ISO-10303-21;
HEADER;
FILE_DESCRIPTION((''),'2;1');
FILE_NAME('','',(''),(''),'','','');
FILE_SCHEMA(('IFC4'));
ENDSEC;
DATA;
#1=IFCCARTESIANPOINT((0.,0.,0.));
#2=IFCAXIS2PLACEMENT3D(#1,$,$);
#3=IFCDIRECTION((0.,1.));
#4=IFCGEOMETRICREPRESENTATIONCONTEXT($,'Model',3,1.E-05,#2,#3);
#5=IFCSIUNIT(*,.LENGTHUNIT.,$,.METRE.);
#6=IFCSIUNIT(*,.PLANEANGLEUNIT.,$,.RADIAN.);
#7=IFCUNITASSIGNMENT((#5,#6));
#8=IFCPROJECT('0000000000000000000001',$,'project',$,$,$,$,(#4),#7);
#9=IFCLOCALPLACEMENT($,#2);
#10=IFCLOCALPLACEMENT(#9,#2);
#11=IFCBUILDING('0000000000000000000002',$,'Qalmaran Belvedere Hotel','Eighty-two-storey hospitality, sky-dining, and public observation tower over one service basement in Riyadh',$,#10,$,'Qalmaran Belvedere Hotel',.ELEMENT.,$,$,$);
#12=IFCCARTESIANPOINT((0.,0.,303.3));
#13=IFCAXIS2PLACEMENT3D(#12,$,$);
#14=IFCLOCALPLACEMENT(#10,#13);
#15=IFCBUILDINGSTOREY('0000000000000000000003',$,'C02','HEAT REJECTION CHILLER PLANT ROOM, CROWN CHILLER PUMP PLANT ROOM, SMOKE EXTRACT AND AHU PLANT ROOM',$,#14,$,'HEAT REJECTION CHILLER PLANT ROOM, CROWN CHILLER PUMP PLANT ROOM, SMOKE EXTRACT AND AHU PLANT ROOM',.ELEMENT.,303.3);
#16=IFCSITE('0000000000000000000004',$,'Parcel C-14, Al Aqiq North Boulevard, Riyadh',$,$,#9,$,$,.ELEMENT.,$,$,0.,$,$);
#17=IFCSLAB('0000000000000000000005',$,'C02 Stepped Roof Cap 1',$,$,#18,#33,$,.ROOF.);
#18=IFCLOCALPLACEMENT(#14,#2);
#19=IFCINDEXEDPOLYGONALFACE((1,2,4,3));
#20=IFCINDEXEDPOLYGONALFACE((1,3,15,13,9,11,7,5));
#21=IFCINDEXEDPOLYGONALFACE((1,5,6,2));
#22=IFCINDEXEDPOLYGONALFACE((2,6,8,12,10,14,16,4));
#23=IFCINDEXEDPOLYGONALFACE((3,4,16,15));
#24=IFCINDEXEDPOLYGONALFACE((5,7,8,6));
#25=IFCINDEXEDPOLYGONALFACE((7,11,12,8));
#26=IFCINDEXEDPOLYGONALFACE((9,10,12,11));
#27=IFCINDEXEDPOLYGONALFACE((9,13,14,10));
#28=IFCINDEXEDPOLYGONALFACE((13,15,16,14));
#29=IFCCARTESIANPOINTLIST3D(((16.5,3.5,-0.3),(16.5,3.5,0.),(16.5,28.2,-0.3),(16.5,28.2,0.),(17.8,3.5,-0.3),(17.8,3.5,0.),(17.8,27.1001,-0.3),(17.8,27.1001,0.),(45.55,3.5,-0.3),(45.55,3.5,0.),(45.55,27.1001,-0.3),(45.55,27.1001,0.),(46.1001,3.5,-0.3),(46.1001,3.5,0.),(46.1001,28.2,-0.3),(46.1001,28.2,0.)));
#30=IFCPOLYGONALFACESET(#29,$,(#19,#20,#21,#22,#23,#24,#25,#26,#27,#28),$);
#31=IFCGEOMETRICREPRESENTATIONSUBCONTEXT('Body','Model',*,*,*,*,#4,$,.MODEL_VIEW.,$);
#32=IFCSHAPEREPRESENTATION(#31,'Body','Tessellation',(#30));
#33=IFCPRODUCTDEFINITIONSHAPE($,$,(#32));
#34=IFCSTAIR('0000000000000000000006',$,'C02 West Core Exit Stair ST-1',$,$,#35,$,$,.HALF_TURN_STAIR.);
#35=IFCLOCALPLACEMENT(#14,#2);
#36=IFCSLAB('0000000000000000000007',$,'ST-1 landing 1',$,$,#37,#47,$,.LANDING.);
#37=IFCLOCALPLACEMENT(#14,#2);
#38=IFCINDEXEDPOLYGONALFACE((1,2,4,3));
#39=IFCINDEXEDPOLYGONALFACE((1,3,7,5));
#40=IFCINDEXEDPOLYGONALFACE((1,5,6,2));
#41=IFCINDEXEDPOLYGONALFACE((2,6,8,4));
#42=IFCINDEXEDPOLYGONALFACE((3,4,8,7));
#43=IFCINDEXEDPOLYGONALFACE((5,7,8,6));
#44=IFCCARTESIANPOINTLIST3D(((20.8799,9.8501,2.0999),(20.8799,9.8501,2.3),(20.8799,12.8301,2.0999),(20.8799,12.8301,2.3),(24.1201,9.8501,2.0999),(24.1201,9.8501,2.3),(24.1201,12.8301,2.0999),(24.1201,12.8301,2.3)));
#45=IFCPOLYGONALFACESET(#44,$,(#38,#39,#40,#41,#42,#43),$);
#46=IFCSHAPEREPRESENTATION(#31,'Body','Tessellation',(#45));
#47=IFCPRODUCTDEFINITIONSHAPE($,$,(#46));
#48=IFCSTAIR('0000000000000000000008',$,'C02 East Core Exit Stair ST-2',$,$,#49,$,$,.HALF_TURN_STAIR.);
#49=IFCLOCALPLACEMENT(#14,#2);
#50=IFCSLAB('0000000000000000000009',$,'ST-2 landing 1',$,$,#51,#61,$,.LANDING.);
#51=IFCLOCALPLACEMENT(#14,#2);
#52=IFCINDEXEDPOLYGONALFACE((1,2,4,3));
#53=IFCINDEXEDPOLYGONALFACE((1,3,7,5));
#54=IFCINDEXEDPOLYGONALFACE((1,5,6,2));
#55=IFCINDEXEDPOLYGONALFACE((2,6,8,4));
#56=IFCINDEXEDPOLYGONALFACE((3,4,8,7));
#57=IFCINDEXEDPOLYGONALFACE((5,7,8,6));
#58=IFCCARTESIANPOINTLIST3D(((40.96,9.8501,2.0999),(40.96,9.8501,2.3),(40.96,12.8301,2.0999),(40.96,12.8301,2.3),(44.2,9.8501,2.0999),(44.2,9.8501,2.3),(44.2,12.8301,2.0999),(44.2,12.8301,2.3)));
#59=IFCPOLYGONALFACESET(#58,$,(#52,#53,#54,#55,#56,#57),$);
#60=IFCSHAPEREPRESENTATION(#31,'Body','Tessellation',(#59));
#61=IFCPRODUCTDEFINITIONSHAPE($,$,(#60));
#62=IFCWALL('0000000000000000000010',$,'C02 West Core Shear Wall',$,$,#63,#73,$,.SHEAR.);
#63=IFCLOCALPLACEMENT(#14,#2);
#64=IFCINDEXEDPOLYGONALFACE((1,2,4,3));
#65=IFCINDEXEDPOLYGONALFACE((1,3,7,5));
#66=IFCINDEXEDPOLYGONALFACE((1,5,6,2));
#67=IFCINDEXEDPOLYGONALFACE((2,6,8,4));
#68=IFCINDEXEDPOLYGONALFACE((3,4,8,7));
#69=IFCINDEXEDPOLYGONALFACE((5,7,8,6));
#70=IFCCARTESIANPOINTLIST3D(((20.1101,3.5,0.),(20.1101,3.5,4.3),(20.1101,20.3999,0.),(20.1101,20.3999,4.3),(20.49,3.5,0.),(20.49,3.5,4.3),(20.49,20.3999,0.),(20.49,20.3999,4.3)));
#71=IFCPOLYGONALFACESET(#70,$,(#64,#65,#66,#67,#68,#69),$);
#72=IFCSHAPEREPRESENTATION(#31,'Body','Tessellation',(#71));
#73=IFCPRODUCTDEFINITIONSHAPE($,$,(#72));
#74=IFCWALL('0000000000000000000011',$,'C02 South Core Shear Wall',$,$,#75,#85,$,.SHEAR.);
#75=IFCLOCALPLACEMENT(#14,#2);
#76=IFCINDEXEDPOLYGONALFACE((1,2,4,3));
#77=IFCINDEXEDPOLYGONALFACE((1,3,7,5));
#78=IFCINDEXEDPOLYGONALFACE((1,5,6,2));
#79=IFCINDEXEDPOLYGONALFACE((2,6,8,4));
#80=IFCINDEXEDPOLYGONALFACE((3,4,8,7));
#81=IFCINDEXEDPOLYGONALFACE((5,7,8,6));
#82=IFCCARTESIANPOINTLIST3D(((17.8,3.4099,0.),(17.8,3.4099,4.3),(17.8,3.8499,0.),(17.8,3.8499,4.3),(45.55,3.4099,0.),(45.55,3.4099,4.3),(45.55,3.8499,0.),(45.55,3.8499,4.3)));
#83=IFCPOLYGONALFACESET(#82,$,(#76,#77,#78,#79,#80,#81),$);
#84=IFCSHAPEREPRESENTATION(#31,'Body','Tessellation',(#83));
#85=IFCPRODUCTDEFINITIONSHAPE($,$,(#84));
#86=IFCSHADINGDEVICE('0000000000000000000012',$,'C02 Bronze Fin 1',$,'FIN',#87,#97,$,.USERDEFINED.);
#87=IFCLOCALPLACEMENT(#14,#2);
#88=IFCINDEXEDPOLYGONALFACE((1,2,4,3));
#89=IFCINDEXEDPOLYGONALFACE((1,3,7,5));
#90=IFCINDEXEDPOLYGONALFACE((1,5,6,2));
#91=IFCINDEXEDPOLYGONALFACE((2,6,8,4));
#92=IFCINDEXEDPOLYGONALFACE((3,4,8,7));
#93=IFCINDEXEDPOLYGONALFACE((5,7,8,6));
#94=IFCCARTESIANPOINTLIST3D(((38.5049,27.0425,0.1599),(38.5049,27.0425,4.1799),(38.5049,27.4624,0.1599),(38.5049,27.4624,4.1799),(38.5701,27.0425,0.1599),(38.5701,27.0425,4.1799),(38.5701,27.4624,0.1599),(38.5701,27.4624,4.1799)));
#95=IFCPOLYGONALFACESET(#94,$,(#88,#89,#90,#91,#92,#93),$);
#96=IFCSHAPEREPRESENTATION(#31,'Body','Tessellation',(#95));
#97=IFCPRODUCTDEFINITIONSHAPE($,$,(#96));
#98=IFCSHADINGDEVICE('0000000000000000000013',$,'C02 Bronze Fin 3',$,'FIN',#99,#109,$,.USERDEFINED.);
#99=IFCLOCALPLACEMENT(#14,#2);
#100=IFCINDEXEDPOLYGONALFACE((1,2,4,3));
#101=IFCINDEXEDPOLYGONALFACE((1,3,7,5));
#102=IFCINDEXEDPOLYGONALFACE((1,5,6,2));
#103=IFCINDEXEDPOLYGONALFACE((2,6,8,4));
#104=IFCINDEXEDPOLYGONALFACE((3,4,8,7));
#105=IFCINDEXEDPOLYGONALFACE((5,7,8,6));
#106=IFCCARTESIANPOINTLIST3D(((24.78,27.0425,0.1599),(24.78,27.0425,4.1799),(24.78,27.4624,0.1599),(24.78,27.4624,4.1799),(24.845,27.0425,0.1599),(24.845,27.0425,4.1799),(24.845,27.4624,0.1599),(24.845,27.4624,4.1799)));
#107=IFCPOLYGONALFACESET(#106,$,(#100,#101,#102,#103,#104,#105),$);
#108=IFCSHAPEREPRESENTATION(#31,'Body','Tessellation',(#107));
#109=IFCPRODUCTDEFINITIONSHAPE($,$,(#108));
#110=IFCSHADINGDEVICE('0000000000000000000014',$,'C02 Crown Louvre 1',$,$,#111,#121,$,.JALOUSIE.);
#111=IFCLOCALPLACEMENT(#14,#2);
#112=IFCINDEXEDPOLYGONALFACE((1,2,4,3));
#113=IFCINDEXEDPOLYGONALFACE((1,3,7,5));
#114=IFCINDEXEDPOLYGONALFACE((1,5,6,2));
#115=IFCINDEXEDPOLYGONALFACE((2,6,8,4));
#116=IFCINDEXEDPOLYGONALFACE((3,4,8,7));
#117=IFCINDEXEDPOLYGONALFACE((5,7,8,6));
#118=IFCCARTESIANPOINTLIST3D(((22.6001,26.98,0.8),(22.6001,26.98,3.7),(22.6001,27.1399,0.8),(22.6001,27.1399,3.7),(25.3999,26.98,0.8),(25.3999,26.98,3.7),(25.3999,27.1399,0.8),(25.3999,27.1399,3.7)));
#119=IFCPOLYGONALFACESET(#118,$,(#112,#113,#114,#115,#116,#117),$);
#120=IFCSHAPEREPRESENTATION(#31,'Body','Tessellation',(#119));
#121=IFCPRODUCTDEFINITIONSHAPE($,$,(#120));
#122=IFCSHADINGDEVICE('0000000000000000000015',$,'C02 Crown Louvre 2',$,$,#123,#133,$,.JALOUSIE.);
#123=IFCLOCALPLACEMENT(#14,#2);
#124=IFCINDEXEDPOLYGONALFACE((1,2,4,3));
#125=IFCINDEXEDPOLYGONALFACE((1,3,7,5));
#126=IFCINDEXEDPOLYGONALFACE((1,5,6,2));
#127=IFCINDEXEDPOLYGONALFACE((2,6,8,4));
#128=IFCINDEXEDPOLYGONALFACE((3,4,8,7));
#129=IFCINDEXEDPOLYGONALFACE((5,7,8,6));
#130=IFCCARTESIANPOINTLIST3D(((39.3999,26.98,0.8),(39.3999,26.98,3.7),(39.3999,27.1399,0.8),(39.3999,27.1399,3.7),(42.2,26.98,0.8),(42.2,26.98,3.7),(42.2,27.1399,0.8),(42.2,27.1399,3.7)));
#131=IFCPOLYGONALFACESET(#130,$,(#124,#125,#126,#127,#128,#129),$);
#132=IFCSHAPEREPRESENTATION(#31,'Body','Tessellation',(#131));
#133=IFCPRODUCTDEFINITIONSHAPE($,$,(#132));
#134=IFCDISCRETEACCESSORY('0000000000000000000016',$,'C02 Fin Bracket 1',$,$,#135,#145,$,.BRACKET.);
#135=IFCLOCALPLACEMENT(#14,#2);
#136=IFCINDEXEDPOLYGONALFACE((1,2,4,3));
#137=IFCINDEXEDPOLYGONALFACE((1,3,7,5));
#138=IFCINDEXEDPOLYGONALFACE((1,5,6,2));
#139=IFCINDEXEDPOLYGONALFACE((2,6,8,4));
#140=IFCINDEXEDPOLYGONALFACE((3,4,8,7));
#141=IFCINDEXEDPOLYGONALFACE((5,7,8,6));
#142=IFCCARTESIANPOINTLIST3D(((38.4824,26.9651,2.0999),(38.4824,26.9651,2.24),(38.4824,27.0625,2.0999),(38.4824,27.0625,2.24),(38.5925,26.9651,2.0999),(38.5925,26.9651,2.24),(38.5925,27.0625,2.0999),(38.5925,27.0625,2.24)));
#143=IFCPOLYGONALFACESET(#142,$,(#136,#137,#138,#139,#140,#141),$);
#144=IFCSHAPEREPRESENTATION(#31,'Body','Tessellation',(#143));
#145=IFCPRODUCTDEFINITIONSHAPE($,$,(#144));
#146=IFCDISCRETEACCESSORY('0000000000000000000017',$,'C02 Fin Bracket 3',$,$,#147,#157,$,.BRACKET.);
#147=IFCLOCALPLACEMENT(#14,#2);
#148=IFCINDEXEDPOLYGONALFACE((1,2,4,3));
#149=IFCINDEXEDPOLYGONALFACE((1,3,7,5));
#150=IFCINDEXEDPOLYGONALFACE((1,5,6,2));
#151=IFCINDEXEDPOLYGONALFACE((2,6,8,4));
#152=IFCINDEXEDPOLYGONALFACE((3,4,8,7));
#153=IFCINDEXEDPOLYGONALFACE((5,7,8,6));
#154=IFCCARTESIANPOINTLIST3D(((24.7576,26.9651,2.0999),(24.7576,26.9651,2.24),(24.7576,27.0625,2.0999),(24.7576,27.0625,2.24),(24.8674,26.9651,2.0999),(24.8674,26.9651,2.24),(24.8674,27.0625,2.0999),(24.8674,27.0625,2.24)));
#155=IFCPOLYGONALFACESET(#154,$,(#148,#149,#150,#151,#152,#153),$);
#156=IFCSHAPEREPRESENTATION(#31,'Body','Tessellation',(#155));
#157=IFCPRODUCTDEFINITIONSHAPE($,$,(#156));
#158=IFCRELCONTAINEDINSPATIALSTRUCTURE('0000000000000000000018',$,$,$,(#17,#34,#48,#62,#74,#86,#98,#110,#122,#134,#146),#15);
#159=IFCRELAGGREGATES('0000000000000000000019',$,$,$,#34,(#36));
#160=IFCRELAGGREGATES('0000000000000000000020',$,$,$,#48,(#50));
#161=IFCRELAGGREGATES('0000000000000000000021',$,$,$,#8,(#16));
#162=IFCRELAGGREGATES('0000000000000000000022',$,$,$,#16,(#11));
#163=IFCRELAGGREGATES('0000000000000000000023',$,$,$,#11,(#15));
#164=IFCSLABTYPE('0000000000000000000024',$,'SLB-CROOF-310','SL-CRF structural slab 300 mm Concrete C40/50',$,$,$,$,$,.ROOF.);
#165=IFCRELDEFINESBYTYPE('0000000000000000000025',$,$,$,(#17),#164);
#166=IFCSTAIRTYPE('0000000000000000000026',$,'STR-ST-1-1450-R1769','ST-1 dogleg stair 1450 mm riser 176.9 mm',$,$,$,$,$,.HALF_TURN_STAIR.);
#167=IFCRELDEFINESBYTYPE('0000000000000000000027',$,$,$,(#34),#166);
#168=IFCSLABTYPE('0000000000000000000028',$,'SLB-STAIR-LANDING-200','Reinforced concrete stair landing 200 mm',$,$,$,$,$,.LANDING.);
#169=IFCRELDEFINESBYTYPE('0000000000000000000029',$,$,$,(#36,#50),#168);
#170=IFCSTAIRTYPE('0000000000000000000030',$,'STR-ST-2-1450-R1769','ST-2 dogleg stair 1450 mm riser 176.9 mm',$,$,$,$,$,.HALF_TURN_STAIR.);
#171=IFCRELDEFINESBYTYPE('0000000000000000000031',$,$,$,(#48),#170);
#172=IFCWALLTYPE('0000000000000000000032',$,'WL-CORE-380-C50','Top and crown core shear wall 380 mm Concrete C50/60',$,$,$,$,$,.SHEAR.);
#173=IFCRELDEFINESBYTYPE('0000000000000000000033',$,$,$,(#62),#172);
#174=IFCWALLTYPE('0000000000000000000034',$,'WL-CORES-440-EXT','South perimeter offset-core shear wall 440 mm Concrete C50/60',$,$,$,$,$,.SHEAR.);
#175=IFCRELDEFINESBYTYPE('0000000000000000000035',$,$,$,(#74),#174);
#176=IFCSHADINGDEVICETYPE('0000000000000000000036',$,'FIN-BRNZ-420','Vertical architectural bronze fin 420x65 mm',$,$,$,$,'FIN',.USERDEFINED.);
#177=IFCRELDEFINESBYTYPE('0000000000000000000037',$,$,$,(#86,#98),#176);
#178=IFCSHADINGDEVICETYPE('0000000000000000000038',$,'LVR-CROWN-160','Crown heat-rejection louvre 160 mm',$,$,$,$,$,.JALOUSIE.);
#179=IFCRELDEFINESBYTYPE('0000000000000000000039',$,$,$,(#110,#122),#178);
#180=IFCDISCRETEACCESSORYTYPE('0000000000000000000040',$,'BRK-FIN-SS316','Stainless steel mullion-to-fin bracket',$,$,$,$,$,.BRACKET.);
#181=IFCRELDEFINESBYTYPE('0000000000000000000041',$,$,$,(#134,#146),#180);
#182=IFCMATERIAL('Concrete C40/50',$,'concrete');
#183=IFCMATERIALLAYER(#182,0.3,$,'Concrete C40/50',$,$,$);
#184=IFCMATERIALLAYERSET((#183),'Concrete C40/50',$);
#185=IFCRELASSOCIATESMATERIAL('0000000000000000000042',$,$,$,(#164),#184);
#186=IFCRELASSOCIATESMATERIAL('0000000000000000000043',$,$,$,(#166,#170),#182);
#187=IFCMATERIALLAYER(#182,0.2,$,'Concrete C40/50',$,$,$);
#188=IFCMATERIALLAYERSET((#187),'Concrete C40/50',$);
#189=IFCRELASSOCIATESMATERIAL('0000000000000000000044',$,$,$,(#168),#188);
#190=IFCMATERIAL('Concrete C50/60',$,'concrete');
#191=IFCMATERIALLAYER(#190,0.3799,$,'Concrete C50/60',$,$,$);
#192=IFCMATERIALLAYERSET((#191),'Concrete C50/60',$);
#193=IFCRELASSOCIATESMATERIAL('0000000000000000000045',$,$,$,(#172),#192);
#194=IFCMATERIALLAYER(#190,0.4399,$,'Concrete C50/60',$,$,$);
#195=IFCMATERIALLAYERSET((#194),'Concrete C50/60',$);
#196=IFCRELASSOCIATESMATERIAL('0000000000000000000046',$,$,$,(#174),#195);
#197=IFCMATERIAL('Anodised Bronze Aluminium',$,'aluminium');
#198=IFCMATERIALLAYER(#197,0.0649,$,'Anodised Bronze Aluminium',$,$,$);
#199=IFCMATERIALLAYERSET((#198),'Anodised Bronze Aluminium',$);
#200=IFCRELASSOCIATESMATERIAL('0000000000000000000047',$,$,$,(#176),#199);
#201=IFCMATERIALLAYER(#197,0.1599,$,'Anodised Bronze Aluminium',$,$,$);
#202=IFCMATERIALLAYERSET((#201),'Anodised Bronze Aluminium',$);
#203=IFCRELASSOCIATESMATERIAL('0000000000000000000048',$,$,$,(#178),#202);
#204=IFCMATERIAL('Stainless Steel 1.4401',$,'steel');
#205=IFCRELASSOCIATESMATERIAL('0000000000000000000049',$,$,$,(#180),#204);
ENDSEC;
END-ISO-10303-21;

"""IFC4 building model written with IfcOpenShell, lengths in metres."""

from ifc_helpers import new_model, si_unit, direction, frame, frame_2d, origin, place, context, subcontext, project, spatial, polyline, rectangle, outline, extrude, material, layer, layer_set, type_object, element, aggregate, save


model = new_model("IFC4")

# Units and contexts
model_context = context("Model", 3, precision=1e-05, world=origin(), true_north=direction((0.0, 1.0)))
body_context = subcontext(model_context, "Body", "Model", "MODEL_VIEW")
ifc_project = project(units=[si_unit("LENGTHUNIT", "METRE"), si_unit("PLANEANGLEUNIT", "RADIAN")], contexts=[model_context])

# Site, building, storey
site_placement = place(None, origin())
site = spatial("IfcSite", under=ifc_project, at=site_placement, Name="Parcel C-14, Al Aqiq North Boulevard, Riyadh", CompositionType="ELEMENT", RefElevation=0.0)
building_placement = place(site_placement, origin())
building = spatial("IfcBuilding", under=site, at=building_placement, Name="Qalmaran Belvedere Hotel", Description="Eighty-two-storey hospitality, sky-dining, and public observation tower over one service basement in Riyadh", LongName="Qalmaran Belvedere Hotel", CompositionType="ELEMENT")
storey_placement = place(building_placement, frame((0.0, 0.0, 303.3)))
storey = spatial("IfcBuildingStorey", under=building, at=storey_placement, Name="C02", Description="HEAT REJECTION CHILLER PLANT ROOM, CROWN CHILLER PUMP PLANT ROOM, SMOKE EXTRACT AND AHU PLANT ROOM", LongName="HEAT REJECTION CHILLER PLANT ROOM, CROWN CHILLER PUMP PLANT ROOM, SMOKE EXTRACT AND AHU PLANT ROOM", CompositionType="ELEMENT", Elevation=303.3)

# Shared definitions
ifc_material_1 = material(Name="Concrete C50/60", Category="concrete")

# Shared definitions
ifc_material_2 = material(Name="Anodised Bronze Aluminium", Category="aluminium")

# Slab
ifc_material_3 = material(Name="Concrete C40/50", Category="concrete")
ifc_layer_1 = layer(ifc_material_3, 0.3, Name="Concrete C40/50")
ifc_layer_set_1 = layer_set([ifc_layer_1], Name="Concrete C40/50")
slab_type_1 = type_object("IfcSlabType", Name="SLB-CROOF-310", Description="SL-CRF structural slab 300 mm Concrete C40/50", PredefinedType="ROOF", material=ifc_layer_set_1)
slab_1_placement = place(storey_placement, frame((0.0, 0.0, -0.3)))
element("IfcSlab", 1, at=slab_1_placement, inside=storey, type_object=slab_type_1, Name="C02 Stepped Roof Cap 1", PredefinedType="ROOF", context=body_context, shape_type="SweptSolid", body=[
    extrude(outline(polyline([(16.5, 3.5), (16.5, 28.2), (46.1001, 28.2), (46.1001, 3.5), (45.55, 3.5), (45.55, 27.1001), (17.8, 27.1001), (17.8, 3.5), (16.5, 3.5)])), origin(), (0.0, 0.0, 1.0), 0.3),
])

# Stairs, slabs
stair_type_1 = type_object("IfcStairType", Name="STR-ST-1-1450-R1769", Description="ST-1 dogleg stair 1450 mm riser 176.9 mm", PredefinedType="HALF_TURN_STAIR", material=ifc_material_3)
stair_1_placement = place(storey_placement, origin())
stair_1 = element("IfcStair", 2, at=stair_1_placement, inside=storey, type_object=stair_type_1, Name="C02 West Core Exit Stair ST-1", PredefinedType="HALF_TURN_STAIR")
ifc_layer_2 = layer(ifc_material_3, 0.2, Name="Concrete C40/50")
ifc_layer_set_2 = layer_set([ifc_layer_2], Name="Concrete C40/50")
slab_type_2 = type_object("IfcSlabType", Name="SLB-STAIR-LANDING-200", Description="Reinforced concrete stair landing 200 mm", PredefinedType="LANDING", material=ifc_layer_set_2)
slab_2_placement = place(storey_placement, frame((0.0, 0.0, 2.0999)))
slab_2 = element("IfcSlab", 3, at=slab_2_placement, type_object=slab_type_2, Name="ST-1 landing 1", PredefinedType="LANDING", context=body_context, shape_type="SweptSolid", body=[
    extrude(outline(polyline([(20.8799, 12.8301), (20.8799, 9.8501), (24.1201, 9.8501), (24.1201, 12.8301), (20.8799, 12.8301)])), origin(), (0.0, 0.0, 1.0), 0.2002),
])
aggregate(stair_1, [slab_2])
stair_type_2 = type_object("IfcStairType", Name="STR-ST-2-1450-R1769", Description="ST-2 dogleg stair 1450 mm riser 176.9 mm", PredefinedType="HALF_TURN_STAIR", material=ifc_material_3)
stair_2_placement = place(storey_placement, origin())
stair_2 = element("IfcStair", 4, at=stair_2_placement, inside=storey, type_object=stair_type_2, Name="C02 East Core Exit Stair ST-2", PredefinedType="HALF_TURN_STAIR")
slab_3_placement = place(storey_placement, frame((0.0, 0.0, 2.0999)))
slab_3 = element("IfcSlab", 5, at=slab_3_placement, type_object=slab_type_2, Name="ST-2 landing 1", PredefinedType="LANDING", context=body_context, shape_type="SweptSolid", body=[
    extrude(outline(polyline([(40.96, 12.8301), (40.96, 9.8501), (44.2, 9.8501), (44.2, 12.8301), (40.96, 12.8301)])), origin(), (0.0, 0.0, 1.0), 0.2002),
])
aggregate(stair_2, [slab_3])

# Walls
ifc_layer_3 = layer(ifc_material_1, 0.3799, Name="Concrete C50/60")
ifc_layer_set_3 = layer_set([ifc_layer_3], Name="Concrete C50/60")
wall_type_1 = type_object("IfcWallType", Name="WL-CORE-380-C50", Description="Top and crown core shear wall 380 mm Concrete C50/60", PredefinedType="SHEAR", material=ifc_layer_set_3)
wall_1_placement = place(storey_placement, frame((20.3, 3.5, 0.0), z_axis=(0.0, 0.0, 1.0), x_axis=(0.0, 1.0, 0.0)))
element("IfcWall", 6, at=wall_1_placement, inside=storey, type_object=wall_type_1, Name="C02 West Core Shear Wall", PredefinedType="SHEAR", context=body_context, shape_type="SweptSolid", body=[
    extrude(rectangle(XDim=16.8999, YDim=0.3799, at=frame_2d((8.45, 0.0))), origin(), (0.0, 0.0, 1.0), 4.3),
])
ifc_layer_4 = layer(ifc_material_1, 0.4399, Name="Concrete C50/60")
ifc_layer_set_4 = layer_set([ifc_layer_4], Name="Concrete C50/60")
wall_type_2 = type_object("IfcWallType", Name="WL-CORES-440-EXT", Description="South perimeter offset-core shear wall 440 mm Concrete C50/60", PredefinedType="SHEAR", material=ifc_layer_set_4)
wall_2_placement = place(storey_placement, frame((17.8, 3.6299, 0.0), z_axis=(0.0, 0.0, 1.0), x_axis=(1.0, 0.0, 0.0)))
element("IfcWall", 7, at=wall_2_placement, inside=storey, type_object=wall_type_2, Name="C02 South Core Shear Wall", PredefinedType="SHEAR", context=body_context, shape_type="SweptSolid", body=[
    extrude(rectangle(XDim=27.75, YDim=0.4399, at=frame_2d((13.875, 0.0))), origin(), (0.0, 0.0, 1.0), 4.3),
])

# Shading devices
ifc_layer_5 = layer(ifc_material_2, 0.0649, Name="Anodised Bronze Aluminium")
ifc_layer_set_5 = layer_set([ifc_layer_5], Name="Anodised Bronze Aluminium")
shading_device_type_1 = type_object("IfcShadingDeviceType", Name="FIN-BRNZ-420", Description="Vertical architectural bronze fin 420x65 mm", ElementType="FIN", PredefinedType="USERDEFINED", material=ifc_layer_set_5)
shading_device_1_placement = place(storey_placement, frame((0.0, 0.0, 0.1599)))
element("IfcShadingDevice", 8, at=shading_device_1_placement, inside=storey, type_object=shading_device_type_1, Name="C02 Bronze Fin 1", ObjectType="FIN", PredefinedType="USERDEFINED", context=body_context, shape_type="SweptSolid", body=[
    extrude(outline(polyline([(38.5701, 27.0425), (38.5701, 27.4624), (38.5049, 27.4624), (38.5049, 27.0425), (38.5701, 27.0425)])), origin(), (0.0, 0.0, 1.0), 4.02),
])
shading_device_2_placement = place(storey_placement, frame((0.0, 0.0, 0.1599)))
element("IfcShadingDevice", 9, at=shading_device_2_placement, inside=storey, type_object=shading_device_type_1, Name="C02 Bronze Fin 3", ObjectType="FIN", PredefinedType="USERDEFINED", context=body_context, shape_type="SweptSolid", body=[
    extrude(outline(polyline([(24.845, 27.0425), (24.845, 27.4624), (24.78, 27.4624), (24.78, 27.0425), (24.845, 27.0425)])), origin(), (0.0, 0.0, 1.0), 4.02),
])
ifc_layer_6 = layer(ifc_material_2, 0.1599, Name="Anodised Bronze Aluminium")
ifc_layer_set_6 = layer_set([ifc_layer_6], Name="Anodised Bronze Aluminium")
shading_device_type_2 = type_object("IfcShadingDeviceType", Name="LVR-CROWN-160", Description="Crown heat-rejection louvre 160 mm", PredefinedType="JALOUSIE", material=ifc_layer_set_6)
shading_device_3_placement = place(storey_placement, frame((0.0, 0.0, 0.8)))
element("IfcShadingDevice", 10, at=shading_device_3_placement, inside=storey, type_object=shading_device_type_2, Name="C02 Crown Louvre 1", PredefinedType="JALOUSIE", context=body_context, shape_type="SweptSolid", body=[
    extrude(outline(polyline([(22.6001, 26.98), (25.3999, 26.98), (25.3999, 27.1399), (22.6001, 27.1399), (22.6001, 26.98)])), origin(), (0.0, 0.0, 1.0), 2.8999),
])
shading_device_4_placement = place(storey_placement, frame((0.0, 0.0, 0.8)))
element("IfcShadingDevice", 11, at=shading_device_4_placement, inside=storey, type_object=shading_device_type_2, Name="C02 Crown Louvre 2", PredefinedType="JALOUSIE", context=body_context, shape_type="SweptSolid", body=[
    extrude(outline(polyline([(39.3999, 26.98), (42.2, 26.98), (42.2, 27.1399), (39.3999, 27.1399), (39.3999, 26.98)])), origin(), (0.0, 0.0, 1.0), 2.8999),
])

# Discrete accessories
ifc_material_4 = material(Name="Stainless Steel 1.4401", Category="steel")
discrete_accessory_type = type_object("IfcDiscreteAccessoryType", Name="BRK-FIN-SS316", Description="Stainless steel mullion-to-fin bracket", PredefinedType="BRACKET", material=ifc_material_4)
discrete_accessory_1_placement = place(storey_placement, frame((0.0, 0.0, 2.0999)))
element("IfcDiscreteAccessory", 12, at=discrete_accessory_1_placement, inside=storey, type_object=discrete_accessory_type, Name="C02 Fin Bracket 1", PredefinedType="BRACKET", context=body_context, shape_type="SweptSolid", body=[
    extrude(outline(polyline([(38.5925, 26.9651), (38.5925, 27.0625), (38.4824, 27.0625), (38.4824, 26.9651), (38.5925, 26.9651)])), origin(), (0.0, 0.0, 1.0), 0.1401),
])
discrete_accessory_2_placement = place(storey_placement, frame((0.0, 0.0, 2.0999)))
element("IfcDiscreteAccessory", 13, at=discrete_accessory_2_placement, inside=storey, type_object=discrete_accessory_type, Name="C02 Fin Bracket 3", PredefinedType="BRACKET", context=body_context, shape_type="SweptSolid", body=[
    extrude(outline(polyline([(24.8674, 26.9651), (24.8674, 27.0625), (24.7576, 27.0625), (24.7576, 26.9651), (24.8674, 26.9651)])), origin(), (0.0, 0.0, 1.0), 0.1401),
])

save(model, "model.ifc")
